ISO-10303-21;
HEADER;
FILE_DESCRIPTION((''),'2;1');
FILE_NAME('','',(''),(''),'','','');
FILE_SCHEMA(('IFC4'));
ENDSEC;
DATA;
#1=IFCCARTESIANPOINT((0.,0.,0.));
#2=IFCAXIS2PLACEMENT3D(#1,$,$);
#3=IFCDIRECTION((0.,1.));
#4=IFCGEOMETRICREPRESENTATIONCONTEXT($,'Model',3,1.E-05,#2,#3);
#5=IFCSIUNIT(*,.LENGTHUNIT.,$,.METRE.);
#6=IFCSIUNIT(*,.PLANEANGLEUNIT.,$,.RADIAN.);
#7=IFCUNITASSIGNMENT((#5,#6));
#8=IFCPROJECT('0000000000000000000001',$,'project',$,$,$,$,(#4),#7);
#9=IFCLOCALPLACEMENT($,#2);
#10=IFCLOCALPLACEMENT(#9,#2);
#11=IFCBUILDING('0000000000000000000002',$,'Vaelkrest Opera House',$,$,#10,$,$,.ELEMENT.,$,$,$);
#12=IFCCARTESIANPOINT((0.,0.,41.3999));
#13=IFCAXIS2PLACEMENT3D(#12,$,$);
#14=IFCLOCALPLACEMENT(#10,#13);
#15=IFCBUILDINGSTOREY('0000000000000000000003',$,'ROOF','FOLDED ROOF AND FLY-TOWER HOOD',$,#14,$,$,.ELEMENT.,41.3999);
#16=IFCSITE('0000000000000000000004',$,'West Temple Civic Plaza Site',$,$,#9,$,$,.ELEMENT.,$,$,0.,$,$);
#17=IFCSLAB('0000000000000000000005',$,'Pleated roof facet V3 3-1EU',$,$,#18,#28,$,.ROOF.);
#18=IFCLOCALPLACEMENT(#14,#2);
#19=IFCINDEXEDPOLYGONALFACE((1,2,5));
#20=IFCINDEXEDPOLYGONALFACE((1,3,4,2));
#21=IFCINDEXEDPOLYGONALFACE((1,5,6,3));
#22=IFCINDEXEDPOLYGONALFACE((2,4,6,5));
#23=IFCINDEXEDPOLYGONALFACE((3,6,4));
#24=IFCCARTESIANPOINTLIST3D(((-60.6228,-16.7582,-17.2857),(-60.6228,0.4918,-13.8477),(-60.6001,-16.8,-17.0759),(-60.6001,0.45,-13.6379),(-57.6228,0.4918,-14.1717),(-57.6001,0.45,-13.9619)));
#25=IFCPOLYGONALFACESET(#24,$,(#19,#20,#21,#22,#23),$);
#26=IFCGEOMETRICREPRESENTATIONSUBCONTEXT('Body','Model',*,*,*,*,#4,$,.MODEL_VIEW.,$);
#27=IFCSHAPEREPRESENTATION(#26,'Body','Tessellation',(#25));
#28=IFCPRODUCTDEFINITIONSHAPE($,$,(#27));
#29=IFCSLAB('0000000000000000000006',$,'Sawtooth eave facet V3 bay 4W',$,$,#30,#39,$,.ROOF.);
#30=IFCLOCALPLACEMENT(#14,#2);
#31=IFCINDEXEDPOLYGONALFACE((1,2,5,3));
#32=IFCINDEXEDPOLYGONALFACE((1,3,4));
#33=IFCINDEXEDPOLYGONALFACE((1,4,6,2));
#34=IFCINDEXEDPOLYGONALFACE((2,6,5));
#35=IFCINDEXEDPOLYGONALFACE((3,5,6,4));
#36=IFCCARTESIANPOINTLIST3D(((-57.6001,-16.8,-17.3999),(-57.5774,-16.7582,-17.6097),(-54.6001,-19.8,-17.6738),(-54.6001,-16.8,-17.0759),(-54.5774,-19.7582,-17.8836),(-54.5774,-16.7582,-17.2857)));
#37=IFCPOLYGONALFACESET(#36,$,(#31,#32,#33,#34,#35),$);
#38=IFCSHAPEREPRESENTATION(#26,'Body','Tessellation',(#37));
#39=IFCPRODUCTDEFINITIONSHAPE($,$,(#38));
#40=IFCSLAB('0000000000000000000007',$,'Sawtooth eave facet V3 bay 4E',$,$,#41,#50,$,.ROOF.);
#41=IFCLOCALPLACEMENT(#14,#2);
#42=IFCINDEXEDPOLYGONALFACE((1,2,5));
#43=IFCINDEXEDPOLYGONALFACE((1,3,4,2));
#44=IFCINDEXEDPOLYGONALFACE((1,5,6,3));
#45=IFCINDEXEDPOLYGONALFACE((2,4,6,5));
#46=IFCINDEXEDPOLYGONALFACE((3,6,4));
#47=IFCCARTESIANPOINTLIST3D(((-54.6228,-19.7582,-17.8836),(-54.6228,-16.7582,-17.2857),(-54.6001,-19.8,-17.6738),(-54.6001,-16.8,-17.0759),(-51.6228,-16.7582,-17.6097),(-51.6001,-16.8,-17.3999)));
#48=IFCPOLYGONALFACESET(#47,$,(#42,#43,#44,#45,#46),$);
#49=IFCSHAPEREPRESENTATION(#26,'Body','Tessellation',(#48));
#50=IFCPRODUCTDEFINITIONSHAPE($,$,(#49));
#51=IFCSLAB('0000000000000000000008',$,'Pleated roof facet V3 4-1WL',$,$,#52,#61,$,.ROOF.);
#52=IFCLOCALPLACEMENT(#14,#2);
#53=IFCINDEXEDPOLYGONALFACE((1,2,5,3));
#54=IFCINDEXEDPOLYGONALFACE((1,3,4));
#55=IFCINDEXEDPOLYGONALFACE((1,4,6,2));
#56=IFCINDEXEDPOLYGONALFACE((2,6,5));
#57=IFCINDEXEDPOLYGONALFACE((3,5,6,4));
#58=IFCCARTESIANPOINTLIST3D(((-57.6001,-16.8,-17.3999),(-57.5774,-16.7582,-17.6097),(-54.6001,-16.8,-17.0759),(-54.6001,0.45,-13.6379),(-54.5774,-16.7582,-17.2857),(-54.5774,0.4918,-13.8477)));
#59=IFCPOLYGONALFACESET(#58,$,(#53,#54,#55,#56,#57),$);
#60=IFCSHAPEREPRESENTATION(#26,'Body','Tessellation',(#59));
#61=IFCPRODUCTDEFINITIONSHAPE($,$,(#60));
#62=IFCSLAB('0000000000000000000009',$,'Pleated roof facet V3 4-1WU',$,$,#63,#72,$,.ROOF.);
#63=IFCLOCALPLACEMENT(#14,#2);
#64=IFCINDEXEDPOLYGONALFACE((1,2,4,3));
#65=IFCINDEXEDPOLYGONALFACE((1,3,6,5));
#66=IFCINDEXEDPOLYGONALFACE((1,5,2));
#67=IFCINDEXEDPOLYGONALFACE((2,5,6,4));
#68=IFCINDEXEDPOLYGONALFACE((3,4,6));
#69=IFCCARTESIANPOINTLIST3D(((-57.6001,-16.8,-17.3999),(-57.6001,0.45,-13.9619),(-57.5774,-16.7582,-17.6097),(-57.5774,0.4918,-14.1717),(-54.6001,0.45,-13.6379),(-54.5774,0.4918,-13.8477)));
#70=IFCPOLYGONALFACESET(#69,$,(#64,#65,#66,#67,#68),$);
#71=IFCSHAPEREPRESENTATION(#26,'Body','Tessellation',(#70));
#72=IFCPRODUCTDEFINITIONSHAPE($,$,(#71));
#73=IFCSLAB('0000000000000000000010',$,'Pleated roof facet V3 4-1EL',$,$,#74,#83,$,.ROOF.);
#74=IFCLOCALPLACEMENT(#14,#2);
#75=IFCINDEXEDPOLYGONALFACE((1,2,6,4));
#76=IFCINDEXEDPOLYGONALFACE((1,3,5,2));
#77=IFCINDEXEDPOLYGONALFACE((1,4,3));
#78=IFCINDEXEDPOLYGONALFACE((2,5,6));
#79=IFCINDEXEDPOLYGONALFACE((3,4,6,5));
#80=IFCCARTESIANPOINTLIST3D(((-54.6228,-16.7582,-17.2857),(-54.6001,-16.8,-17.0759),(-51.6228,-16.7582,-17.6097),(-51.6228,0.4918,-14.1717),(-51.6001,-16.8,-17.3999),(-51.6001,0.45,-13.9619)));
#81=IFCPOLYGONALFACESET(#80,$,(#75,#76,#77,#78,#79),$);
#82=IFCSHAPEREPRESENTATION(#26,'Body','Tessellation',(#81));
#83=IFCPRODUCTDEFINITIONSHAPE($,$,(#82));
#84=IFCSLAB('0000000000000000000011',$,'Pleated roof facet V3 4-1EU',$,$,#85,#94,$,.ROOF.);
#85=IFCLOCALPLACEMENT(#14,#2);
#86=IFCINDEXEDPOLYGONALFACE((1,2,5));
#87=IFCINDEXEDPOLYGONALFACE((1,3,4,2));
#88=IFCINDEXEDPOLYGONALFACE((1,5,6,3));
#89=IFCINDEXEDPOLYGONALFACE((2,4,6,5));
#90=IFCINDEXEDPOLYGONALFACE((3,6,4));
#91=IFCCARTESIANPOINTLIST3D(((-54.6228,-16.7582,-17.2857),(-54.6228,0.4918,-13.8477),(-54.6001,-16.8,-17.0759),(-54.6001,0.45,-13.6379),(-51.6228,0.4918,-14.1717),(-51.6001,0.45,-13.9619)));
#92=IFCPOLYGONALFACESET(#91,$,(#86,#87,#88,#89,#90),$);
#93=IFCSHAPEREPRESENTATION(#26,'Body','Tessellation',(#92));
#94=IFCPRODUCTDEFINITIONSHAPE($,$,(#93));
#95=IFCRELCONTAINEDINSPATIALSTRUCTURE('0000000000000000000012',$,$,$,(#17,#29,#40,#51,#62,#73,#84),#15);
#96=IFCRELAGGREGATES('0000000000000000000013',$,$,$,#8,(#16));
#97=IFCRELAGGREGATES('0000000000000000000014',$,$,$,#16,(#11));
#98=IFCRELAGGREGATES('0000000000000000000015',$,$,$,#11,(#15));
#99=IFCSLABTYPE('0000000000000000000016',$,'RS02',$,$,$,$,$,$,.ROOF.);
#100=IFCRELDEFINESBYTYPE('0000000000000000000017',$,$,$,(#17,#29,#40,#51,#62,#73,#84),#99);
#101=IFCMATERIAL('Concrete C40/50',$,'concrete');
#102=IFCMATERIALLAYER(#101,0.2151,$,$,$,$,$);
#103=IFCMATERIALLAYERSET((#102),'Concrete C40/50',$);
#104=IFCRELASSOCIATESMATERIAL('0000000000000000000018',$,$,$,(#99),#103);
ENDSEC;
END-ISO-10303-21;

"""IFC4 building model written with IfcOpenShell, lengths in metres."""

from ifc_helpers import new_model, si_unit, direction, frame, origin, place, context, subcontext, project, spatial, polyline, outline, extrude, material, layer, layer_set, type_object, element, save


model = new_model("IFC4")

# Units and contexts
model_context = context("Model", 3, precision=1e-05, world=origin(), true_north=direction((0.0, 1.0)))
body_context = subcontext(model_context, "Body", "Model", "MODEL_VIEW")
ifc_project = project(units=[si_unit("LENGTHUNIT", "METRE"), si_unit("PLANEANGLEUNIT", "RADIAN")], contexts=[model_context])

# Site, building, storey
site_placement = place(None, origin())
site = spatial("IfcSite", under=ifc_project, at=site_placement, Name="West Temple Civic Plaza Site", CompositionType="ELEMENT", RefElevation=0.0)
building_placement = place(site_placement, origin())
building = spatial("IfcBuilding", under=site, at=building_placement, Name="Vaelkrest Opera House", CompositionType="ELEMENT")
storey_placement = place(building_placement, frame((0.0, 0.0, 41.3999)))
storey = spatial("IfcBuildingStorey", under=building, at=storey_placement, Name="ROOF", Description="FOLDED ROOF AND FLY-TOWER HOOD", CompositionType="ELEMENT", Elevation=41.3999)

# Slabs
ifc_material_1 = material(Name="Concrete C40/50", Category="concrete")
ifc_layer_1 = layer(ifc_material_1, 0.2151)
ifc_layer_set_1 = layer_set([ifc_layer_1], Name="Concrete C40/50")
slab_type = type_object("IfcSlabType", Name="RS02", PredefinedType="ROOF", material=ifc_layer_set_1)
slab_1_placement = place(storey_placement, frame((-60.6001, -16.8, -17.0759), z_axis=(0.10532, -0.194372, 0.975257), x_axis=(0.168694, 0.96999, 0.175105)))
element("IfcSlab", 1, at=slab_1_placement, inside=storey, type_object=slab_type, Name="Pleated roof facet V3 3-1EU", PredefinedType="ROOF", context=body_context, shape_type="SweptSolid", body=[
    extrude(outline(polyline([(0.0, 0.0), (17.7837, 0.0), (17.3343, 2.9838), (0.0, 0.0)])), origin(), (0.0, 0.0, -1.0), 0.2151),
])
slab_2_placement = place(storey_placement, frame((-57.6001, -16.8, -17.3999), z_axis=(-0.10532, -0.194369, 0.975258), x_axis=(0.705638, -0.705638, -0.064431)))
element("IfcSlab", 2, at=slab_2_placement, inside=storey, type_object=slab_type, Name="Sawtooth eave facet V3 bay 4W", PredefinedType="ROOF", context=body_context, shape_type="SweptSolid", body=[
    extrude(outline(polyline([(0.0, 0.0), (4.2515, 0.0), (2.096, 2.1706), (0.0, 0.0)])), origin(), (0.0, 0.0, -1.0), 0.2151),
])
slab_3_placement = place(storey_placement, frame((-54.6001, -16.8, -17.0759), z_axis=(0.10532, -0.194369, 0.975258), x_axis=(0.0, -0.980712, -0.195456)))
element("IfcSlab", 3, at=slab_3_placement, inside=storey, type_object=slab_type, Name="Sawtooth eave facet V3 bay 4E", PredefinedType="ROOF", context=body_context, shape_type="SweptSolid", body=[
    extrude(outline(polyline([(0.0, 0.0), (3.059, 0.0), (0.0633, 3.0168), (0.0, 0.0)])), origin(), (0.0, 0.0, -1.0), 0.2151),
])
slab_4_placement = place(storey_placement, frame((-57.6001, -16.8, -17.3999), z_axis=(-0.10532, -0.194372, 0.975257), x_axis=(0.994219, 0.0, 0.107367)))
element("IfcSlab", 4, at=slab_4_placement, inside=storey, type_object=slab_type, Name="Pleated roof facet V3 4-1WL", PredefinedType="ROOF", context=body_context, shape_type="SweptSolid", body=[
    extrude(outline(polyline([(0.0, 0.0), (3.0174, 0.0), (3.3866, 17.5854), (0.0, 0.0)])), origin(), (0.0, 0.0, -1.0), 0.2151),
])
slab_5_placement = place(storey_placement, frame((-57.6001, -16.8, -17.3999), z_axis=(-0.10532, -0.194372, 0.975257), x_axis=(0.167518, 0.963229, 0.210066)))
element("IfcSlab", 5, at=slab_5_placement, inside=storey, type_object=slab_type, Name="Pleated roof facet V3 4-1WU", PredefinedType="ROOF", context=body_context, shape_type="SweptSolid", body=[
    extrude(outline(polyline([(0.0, 0.0), (17.9085, 0.0), (17.3379, 2.963), (0.0, 0.0)])), origin(), (0.0, 0.0, -1.0), 0.2151),
])
slab_6_placement = place(storey_placement, frame((-54.6001, -16.8, -17.0759), z_axis=(0.10532, -0.194372, 0.975257), x_axis=(0.994219, 0.0, -0.107367)))
element("IfcSlab", 6, at=slab_6_placement, inside=storey, type_object=slab_type, Name="Pleated roof facet V3 4-1EL", PredefinedType="ROOF", context=body_context, shape_type="SweptSolid", body=[
    extrude(outline(polyline([(0.0, 0.0), (3.0174, 0.0), (2.6483, 17.5854), (0.0, 0.0)])), origin(), (0.0, 0.0, -1.0), 0.2151),
])
slab_7_placement = place(storey_placement, frame((-54.6001, -16.8, -17.0759), z_axis=(0.10532, -0.194372, 0.975257), x_axis=(0.168694, 0.96999, 0.175105)))
element("IfcSlab", 7, at=slab_7_placement, inside=storey, type_object=slab_type, Name="Pleated roof facet V3 4-1EU", PredefinedType="ROOF", context=body_context, shape_type="SweptSolid", body=[
    extrude(outline(polyline([(0.0, 0.0), (17.7837, 0.0), (17.3343, 2.9838), (0.0, 0.0)])), origin(), (0.0, 0.0, -1.0), 0.2151),
])

save(model, "model.ifc")
